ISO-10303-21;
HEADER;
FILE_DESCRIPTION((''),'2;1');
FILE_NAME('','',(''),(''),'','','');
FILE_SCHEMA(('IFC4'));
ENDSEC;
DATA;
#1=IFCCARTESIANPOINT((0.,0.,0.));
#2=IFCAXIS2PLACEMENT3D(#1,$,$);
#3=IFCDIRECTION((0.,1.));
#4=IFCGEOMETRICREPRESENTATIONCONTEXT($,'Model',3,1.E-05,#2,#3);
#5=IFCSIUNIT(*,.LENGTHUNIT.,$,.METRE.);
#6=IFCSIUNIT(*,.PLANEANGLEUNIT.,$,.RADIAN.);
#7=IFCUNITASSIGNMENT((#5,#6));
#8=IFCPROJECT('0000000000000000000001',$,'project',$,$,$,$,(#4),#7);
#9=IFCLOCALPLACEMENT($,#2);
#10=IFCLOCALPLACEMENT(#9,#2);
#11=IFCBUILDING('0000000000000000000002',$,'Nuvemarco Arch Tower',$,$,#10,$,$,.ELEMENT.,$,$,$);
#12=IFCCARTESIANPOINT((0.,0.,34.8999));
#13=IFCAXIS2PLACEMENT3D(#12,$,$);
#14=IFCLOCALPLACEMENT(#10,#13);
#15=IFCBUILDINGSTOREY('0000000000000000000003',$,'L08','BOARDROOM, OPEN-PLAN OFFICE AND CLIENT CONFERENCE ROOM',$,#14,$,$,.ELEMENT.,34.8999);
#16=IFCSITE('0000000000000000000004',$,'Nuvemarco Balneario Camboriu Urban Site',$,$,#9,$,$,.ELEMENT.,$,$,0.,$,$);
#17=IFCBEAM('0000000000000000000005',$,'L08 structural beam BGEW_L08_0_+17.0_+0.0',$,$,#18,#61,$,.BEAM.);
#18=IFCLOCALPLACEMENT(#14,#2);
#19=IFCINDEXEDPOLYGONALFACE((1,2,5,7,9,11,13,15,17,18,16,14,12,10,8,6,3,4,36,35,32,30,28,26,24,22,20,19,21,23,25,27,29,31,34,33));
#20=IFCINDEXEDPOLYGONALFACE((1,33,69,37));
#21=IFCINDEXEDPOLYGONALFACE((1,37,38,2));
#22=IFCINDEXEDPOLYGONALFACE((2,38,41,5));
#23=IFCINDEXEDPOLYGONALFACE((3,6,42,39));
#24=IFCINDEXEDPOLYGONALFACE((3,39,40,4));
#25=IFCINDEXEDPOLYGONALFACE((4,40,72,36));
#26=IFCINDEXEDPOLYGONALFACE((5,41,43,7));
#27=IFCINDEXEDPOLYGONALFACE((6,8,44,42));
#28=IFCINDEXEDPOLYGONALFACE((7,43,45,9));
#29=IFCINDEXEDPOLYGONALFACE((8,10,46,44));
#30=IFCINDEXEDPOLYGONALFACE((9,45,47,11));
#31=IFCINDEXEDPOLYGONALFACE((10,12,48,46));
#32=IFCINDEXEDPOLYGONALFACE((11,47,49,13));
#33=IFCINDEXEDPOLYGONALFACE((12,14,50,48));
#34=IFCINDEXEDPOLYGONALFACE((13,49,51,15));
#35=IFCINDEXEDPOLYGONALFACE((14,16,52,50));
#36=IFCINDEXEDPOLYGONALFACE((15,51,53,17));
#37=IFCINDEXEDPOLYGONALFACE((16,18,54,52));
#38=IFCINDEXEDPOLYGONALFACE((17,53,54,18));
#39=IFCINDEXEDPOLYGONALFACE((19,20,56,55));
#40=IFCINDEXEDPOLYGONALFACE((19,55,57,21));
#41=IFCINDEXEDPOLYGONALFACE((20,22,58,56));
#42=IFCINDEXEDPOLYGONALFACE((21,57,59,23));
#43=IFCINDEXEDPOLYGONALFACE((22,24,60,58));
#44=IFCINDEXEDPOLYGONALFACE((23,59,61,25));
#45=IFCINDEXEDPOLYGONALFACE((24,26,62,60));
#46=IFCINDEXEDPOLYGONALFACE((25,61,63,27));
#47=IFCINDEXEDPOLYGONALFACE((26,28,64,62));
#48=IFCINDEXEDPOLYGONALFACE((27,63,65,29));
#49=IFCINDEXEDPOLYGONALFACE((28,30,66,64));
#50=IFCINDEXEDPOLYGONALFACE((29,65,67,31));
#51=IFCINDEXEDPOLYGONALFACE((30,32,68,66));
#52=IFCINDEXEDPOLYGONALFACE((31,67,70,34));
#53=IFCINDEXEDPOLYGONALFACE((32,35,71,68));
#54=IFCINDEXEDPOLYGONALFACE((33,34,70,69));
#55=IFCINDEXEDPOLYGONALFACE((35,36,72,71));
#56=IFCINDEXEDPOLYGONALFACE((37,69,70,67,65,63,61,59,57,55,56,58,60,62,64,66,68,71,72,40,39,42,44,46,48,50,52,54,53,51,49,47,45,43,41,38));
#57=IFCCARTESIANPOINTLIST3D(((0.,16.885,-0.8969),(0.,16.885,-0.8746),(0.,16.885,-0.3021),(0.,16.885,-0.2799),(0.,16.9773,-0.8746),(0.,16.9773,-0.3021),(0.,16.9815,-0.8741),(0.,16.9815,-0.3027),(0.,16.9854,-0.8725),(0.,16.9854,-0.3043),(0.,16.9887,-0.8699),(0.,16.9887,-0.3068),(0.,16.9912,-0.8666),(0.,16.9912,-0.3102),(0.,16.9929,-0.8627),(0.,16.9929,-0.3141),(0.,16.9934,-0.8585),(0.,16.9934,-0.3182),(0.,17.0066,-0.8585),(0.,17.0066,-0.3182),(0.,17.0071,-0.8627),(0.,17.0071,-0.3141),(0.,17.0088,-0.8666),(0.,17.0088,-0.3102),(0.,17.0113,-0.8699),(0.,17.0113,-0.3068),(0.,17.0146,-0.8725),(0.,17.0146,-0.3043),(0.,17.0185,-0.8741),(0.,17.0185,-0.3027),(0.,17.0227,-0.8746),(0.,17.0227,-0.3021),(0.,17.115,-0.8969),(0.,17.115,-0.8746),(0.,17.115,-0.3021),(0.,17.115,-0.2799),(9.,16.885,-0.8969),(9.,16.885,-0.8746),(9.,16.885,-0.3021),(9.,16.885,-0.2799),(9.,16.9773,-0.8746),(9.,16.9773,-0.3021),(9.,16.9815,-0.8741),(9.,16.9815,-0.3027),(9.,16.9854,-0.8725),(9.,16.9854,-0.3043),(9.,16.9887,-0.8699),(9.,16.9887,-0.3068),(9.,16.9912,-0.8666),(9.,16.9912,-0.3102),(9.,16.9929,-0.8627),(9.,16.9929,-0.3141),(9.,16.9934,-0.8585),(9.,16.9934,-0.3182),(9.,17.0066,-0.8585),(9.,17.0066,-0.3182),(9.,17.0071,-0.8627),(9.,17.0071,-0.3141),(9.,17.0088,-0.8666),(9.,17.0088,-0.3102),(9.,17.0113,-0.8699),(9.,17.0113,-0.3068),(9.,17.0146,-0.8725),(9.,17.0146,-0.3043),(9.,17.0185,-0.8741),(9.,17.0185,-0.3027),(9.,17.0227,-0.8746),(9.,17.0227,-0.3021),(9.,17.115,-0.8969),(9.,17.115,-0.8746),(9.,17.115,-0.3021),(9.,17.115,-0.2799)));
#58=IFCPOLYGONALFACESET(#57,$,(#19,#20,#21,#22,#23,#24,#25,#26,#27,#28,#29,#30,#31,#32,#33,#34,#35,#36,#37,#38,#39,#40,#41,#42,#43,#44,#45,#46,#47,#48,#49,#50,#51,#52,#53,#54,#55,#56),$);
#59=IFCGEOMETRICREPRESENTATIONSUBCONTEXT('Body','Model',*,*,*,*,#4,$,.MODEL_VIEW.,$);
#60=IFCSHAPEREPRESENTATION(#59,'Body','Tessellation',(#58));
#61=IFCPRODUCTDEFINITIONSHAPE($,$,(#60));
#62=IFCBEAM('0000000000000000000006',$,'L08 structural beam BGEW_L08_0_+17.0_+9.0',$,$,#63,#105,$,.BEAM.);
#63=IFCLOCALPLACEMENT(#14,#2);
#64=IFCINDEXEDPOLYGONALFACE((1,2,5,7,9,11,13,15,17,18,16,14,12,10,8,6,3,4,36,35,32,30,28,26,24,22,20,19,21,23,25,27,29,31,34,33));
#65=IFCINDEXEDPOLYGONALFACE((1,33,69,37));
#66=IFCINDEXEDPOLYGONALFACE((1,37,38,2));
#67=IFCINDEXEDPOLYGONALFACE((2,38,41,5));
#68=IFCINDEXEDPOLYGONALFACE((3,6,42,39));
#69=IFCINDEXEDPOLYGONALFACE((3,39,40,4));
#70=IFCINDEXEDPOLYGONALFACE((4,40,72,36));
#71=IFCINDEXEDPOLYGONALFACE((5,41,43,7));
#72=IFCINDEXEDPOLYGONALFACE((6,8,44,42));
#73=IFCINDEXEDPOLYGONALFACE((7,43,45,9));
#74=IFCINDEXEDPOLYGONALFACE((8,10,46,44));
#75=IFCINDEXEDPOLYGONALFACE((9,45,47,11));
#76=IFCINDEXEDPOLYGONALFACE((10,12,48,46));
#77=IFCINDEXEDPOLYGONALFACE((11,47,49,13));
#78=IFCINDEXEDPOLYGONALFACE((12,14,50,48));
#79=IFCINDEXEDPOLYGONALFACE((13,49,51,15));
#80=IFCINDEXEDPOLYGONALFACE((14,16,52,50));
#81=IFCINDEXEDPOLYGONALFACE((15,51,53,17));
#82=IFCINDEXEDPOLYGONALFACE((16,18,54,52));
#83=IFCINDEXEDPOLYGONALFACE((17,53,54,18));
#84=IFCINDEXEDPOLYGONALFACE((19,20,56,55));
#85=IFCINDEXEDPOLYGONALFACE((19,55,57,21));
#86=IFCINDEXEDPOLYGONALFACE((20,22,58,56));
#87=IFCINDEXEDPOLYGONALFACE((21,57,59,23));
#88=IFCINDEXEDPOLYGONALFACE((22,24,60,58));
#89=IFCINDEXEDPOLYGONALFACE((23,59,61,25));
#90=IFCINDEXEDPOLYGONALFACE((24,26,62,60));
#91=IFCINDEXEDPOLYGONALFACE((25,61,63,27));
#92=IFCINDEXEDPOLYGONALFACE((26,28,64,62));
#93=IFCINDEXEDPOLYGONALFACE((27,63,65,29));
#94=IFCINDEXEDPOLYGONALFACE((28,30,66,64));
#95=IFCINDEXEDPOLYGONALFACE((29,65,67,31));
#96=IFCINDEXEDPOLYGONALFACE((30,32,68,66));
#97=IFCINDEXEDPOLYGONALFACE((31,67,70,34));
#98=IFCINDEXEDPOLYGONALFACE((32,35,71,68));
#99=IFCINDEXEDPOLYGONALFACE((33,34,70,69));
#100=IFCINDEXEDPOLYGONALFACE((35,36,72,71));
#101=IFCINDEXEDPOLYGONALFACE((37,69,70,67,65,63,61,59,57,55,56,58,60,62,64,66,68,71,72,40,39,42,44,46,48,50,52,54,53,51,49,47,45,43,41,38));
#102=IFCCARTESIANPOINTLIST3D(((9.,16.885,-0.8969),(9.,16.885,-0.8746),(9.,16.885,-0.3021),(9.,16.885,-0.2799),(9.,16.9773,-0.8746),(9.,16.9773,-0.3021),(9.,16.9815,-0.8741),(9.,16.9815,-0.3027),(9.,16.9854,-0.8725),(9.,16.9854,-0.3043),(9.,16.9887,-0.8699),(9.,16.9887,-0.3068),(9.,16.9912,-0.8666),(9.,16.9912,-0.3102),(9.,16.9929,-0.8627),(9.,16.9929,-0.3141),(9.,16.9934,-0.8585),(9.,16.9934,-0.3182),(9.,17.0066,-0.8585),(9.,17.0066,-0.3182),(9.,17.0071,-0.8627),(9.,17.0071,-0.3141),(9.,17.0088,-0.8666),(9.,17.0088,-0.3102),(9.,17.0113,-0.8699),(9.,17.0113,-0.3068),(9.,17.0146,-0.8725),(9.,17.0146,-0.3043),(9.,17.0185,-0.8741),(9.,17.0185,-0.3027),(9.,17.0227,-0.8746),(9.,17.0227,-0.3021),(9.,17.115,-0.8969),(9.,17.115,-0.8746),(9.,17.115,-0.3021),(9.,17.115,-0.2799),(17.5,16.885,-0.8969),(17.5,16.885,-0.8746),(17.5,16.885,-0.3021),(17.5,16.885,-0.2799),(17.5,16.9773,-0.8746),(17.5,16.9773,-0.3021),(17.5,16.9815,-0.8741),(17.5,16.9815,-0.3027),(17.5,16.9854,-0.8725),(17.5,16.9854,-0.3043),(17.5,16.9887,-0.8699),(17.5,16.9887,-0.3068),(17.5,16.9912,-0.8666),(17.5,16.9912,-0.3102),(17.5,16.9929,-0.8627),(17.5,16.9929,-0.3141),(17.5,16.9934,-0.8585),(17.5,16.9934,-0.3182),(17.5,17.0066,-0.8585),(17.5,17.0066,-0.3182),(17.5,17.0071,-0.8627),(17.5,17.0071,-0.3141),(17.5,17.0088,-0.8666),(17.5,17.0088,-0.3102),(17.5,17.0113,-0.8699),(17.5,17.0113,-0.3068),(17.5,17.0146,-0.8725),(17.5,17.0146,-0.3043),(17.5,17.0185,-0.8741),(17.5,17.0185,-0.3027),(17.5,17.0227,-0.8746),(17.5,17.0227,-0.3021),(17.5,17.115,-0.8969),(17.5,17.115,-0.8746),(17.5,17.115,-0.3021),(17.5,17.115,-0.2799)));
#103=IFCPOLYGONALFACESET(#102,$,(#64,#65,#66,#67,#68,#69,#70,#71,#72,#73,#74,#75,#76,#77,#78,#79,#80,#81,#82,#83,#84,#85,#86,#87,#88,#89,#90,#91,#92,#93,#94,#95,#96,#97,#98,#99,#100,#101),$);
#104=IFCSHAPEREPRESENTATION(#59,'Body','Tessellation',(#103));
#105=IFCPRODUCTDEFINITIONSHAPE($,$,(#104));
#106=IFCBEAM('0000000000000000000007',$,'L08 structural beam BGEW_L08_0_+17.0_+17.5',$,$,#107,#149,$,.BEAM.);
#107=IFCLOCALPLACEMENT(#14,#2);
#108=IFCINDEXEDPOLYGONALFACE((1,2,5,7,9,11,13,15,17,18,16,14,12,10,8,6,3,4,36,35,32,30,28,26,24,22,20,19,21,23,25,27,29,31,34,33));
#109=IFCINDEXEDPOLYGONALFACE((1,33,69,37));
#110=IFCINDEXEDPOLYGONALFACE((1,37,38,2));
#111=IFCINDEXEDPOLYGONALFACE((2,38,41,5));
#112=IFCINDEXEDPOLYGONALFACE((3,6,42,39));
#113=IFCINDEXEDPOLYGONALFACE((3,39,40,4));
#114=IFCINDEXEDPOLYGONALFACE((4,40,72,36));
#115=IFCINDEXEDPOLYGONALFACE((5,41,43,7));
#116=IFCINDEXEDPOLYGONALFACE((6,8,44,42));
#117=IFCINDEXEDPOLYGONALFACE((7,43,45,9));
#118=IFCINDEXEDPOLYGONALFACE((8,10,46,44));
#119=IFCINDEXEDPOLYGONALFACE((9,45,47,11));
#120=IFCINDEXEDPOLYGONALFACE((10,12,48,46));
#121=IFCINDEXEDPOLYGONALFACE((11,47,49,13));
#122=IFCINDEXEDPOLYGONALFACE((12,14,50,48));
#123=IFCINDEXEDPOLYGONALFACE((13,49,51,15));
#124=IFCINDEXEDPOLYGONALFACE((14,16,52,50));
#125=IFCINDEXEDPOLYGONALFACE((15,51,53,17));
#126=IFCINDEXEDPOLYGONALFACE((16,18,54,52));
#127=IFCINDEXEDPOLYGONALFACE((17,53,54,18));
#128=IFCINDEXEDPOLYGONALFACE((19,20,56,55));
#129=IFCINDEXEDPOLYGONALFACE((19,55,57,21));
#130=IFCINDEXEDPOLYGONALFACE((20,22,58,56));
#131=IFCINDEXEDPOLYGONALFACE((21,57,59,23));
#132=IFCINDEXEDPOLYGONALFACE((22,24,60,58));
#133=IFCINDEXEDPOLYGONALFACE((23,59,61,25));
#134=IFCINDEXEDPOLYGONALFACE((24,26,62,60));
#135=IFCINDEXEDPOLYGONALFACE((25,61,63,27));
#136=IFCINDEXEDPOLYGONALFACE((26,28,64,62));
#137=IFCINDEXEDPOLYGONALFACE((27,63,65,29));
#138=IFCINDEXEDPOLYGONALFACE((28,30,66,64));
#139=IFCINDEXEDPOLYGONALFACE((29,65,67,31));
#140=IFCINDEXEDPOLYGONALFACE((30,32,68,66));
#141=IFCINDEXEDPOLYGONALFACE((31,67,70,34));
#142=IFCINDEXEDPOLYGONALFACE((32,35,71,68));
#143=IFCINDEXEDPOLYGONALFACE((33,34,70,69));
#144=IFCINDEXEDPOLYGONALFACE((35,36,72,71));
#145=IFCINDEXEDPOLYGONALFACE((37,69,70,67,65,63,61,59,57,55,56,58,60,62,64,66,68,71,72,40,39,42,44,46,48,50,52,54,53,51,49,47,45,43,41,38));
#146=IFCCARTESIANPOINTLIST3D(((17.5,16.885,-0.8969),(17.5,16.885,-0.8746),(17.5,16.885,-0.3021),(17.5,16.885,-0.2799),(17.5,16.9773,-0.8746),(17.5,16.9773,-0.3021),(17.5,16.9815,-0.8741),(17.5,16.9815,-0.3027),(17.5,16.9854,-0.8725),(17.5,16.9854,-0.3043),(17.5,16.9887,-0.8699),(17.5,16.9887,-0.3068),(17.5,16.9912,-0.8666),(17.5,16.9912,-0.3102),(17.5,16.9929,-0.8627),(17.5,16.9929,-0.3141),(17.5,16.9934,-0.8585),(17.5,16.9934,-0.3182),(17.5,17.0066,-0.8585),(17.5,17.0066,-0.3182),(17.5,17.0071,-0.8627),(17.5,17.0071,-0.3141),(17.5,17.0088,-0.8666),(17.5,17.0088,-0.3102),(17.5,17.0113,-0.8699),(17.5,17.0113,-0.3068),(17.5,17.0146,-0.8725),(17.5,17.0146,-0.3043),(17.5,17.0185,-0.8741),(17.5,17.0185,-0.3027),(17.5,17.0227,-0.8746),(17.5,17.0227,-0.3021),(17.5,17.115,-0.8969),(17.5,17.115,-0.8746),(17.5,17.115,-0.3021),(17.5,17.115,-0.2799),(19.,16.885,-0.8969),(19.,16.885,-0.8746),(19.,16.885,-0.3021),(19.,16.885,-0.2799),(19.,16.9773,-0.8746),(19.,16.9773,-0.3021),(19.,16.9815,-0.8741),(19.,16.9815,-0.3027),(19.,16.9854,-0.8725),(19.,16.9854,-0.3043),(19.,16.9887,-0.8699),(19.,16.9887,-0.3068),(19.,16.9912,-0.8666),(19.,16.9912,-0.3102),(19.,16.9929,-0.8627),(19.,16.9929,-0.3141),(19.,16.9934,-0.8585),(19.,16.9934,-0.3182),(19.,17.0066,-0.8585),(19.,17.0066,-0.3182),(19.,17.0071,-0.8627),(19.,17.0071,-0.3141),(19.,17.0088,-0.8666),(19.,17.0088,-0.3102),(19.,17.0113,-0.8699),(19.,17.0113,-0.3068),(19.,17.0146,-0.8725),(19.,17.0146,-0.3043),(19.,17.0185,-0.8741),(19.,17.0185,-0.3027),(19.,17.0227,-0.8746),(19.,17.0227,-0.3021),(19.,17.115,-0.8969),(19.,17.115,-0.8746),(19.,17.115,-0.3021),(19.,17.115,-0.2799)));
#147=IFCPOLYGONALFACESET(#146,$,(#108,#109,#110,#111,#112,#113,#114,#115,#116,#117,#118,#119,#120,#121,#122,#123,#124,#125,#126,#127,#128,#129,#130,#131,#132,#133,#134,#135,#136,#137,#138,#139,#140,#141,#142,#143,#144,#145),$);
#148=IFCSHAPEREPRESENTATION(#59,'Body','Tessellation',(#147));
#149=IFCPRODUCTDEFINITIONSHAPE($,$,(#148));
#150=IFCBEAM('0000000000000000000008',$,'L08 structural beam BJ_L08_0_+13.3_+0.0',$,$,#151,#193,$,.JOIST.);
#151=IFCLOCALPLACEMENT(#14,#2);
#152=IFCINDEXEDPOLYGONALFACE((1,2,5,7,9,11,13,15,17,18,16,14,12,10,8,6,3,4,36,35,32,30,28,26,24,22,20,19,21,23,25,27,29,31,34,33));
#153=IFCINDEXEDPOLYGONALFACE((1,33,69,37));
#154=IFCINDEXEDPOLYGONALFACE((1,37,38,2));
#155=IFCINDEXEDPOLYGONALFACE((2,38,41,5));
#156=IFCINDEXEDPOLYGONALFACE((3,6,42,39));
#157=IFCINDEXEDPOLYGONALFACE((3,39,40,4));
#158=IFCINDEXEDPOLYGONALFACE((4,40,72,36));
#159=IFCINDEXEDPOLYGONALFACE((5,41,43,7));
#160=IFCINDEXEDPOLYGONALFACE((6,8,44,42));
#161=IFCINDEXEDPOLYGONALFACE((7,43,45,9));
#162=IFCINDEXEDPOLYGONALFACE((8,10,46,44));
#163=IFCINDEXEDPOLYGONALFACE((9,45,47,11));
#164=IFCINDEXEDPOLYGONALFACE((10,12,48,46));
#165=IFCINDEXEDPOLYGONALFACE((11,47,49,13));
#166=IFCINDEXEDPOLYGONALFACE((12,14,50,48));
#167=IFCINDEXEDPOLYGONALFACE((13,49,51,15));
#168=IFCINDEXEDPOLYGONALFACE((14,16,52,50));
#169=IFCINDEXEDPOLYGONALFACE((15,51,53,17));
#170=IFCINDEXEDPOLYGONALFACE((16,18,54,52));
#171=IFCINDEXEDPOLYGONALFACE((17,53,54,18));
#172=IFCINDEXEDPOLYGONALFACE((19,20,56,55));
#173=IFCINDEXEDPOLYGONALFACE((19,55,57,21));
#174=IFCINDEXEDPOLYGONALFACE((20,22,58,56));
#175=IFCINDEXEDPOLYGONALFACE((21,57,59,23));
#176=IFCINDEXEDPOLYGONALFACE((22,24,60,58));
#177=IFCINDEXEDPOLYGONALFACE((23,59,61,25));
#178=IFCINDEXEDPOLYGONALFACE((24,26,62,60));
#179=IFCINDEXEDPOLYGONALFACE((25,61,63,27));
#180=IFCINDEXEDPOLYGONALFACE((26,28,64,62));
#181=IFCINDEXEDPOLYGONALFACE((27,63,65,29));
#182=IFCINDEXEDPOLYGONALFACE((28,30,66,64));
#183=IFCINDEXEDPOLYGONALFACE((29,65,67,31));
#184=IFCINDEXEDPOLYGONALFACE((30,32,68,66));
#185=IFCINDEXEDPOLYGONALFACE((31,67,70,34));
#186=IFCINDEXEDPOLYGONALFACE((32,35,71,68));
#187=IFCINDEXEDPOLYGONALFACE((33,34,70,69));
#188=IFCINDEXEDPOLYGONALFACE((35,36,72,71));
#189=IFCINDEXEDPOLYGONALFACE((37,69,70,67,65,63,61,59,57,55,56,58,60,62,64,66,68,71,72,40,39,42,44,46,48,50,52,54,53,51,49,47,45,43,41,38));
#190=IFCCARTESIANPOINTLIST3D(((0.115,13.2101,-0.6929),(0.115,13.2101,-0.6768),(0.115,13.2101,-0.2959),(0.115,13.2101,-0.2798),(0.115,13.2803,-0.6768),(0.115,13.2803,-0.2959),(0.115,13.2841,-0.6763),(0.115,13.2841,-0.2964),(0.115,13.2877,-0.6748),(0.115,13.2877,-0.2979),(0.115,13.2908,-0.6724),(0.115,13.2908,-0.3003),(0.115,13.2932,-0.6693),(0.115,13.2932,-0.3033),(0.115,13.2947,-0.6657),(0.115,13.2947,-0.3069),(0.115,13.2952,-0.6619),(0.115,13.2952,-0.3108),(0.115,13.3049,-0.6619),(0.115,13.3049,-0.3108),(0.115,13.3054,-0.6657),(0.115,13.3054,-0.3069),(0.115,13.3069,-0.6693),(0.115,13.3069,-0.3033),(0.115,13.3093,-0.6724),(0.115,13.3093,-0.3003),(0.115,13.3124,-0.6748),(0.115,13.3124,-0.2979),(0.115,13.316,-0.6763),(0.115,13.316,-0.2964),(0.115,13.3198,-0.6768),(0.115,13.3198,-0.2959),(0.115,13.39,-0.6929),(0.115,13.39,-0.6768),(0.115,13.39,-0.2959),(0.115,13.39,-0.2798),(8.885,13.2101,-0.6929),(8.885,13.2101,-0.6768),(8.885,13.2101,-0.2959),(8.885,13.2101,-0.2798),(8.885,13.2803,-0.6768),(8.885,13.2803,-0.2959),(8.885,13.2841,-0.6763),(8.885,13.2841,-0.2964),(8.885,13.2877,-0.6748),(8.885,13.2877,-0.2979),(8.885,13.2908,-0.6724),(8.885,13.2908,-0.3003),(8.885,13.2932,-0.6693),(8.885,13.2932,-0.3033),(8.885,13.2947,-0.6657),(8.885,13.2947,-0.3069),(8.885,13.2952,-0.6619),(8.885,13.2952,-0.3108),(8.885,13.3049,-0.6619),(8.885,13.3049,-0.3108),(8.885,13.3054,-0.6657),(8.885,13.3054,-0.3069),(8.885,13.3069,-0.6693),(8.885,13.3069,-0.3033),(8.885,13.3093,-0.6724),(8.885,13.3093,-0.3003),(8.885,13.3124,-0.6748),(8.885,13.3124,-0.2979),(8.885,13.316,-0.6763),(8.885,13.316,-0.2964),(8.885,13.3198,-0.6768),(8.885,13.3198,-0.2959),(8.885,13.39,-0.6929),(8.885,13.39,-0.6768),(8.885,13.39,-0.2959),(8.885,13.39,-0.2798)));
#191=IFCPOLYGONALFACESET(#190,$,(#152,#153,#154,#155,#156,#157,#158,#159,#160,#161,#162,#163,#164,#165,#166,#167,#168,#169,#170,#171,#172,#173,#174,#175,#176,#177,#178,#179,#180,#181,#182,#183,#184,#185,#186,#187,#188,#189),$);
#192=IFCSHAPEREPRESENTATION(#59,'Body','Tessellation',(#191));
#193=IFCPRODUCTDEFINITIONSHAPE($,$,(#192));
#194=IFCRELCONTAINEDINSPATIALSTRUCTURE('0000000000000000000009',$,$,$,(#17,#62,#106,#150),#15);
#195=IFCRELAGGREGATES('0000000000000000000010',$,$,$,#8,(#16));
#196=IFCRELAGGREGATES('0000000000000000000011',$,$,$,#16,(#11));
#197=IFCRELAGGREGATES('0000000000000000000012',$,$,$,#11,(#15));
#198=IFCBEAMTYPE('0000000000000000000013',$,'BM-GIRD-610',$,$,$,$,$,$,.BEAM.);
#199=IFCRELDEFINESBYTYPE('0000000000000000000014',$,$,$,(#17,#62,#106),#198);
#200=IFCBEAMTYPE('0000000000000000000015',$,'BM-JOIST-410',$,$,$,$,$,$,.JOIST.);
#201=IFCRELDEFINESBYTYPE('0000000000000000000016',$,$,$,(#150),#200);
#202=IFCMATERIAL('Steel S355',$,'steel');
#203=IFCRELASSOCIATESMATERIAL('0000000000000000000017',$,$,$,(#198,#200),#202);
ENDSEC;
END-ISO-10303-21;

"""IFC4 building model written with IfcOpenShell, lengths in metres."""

from ifc_helpers import new_model, si_unit, direction, frame, origin, origin_2d, place, context, subcontext, project, spatial, i_section, extrude, material, material_profile, profile_set, type_object, element, save


model = new_model("IFC4")

# Units and contexts
model_context = context("Model", 3, precision=1e-05, world=origin(), true_north=direction((0.0, 1.0)))
body_context = subcontext(model_context, "Body", "Model", "MODEL_VIEW")
ifc_project = project(units=[si_unit("LENGTHUNIT", "METRE"), si_unit("PLANEANGLEUNIT", "RADIAN")], contexts=[model_context])

# Site, building, storey
site_placement = place(None, origin())
site = spatial("IfcSite", under=ifc_project, at=site_placement, Name="Nuvemarco Balneario Camboriu Urban Site", CompositionType="ELEMENT", RefElevation=0.0)
building_placement = place(site_placement, origin())
building = spatial("IfcBuilding", under=site, at=building_placement, Name="Nuvemarco Arch Tower", CompositionType="ELEMENT")
storey_placement = place(building_placement, frame((0.0, 0.0, 34.8999)))
storey = spatial("IfcBuildingStorey", under=building, at=storey_placement, Name="L08", Description="BOARDROOM, OPEN-PLAN OFFICE AND CLIENT CONFERENCE ROOM", CompositionType="ELEMENT", Elevation=34.8999)

# Shared definitions
ifc_material_1 = material(Name="Steel S355", Category="steel")

# Beams
ifc_material_profile_1 = material_profile(ifc_material_1, i_section(OverallWidth=0.23, OverallDepth=0.6169, WebThickness=0.0132, FlangeThickness=0.0222, FilletRadius=0.0161, at=origin_2d()), Name="W610x140")
ifc_profile_set_1 = profile_set([ifc_material_profile_1], Name="Steel S355")
beam_type_1 = type_object("IfcBeamType", Name="BM-GIRD-610", PredefinedType="BEAM", material=ifc_profile_set_1)
beam_1_placement = place(storey_placement, frame((0.0, 17.0, -0.5884), z_axis=(1.0, 0.0, 0.0), x_axis=(0.0, 1.0, 0.0)))
element("IfcBeam", 1, at=beam_1_placement, inside=storey, type_object=beam_type_1, Name="L08 structural beam BGEW_L08_0_+17.0_+0.0", PredefinedType="BEAM", context=body_context, shape_type="SweptSolid", body=[
    extrude(i_section(OverallWidth=0.23, OverallDepth=0.6169, WebThickness=0.0132, FlangeThickness=0.0222, FilletRadius=0.0161, at=origin_2d()), origin(), (0.0, 0.0, 1.0), 9.0),
])
beam_2_placement = place(storey_placement, frame((9.0, 17.0, -0.5884), z_axis=(1.0, 0.0, 0.0), x_axis=(0.0, 1.0, 0.0)))
element("IfcBeam", 2, at=beam_2_placement, inside=storey, type_object=beam_type_1, Name="L08 structural beam BGEW_L08_0_+17.0_+9.0", PredefinedType="BEAM", context=body_context, shape_type="SweptSolid", body=[
    extrude(i_section(OverallWidth=0.23, OverallDepth=0.6169, WebThickness=0.0132, FlangeThickness=0.0222, FilletRadius=0.0161, at=origin_2d()), origin(), (0.0, 0.0, 1.0), 8.5),
])
beam_3_placement = place(storey_placement, frame((17.5, 17.0, -0.5884), z_axis=(1.0, 0.0, 0.0), x_axis=(0.0, 1.0, 0.0)))
element("IfcBeam", 3, at=beam_3_placement, inside=storey, type_object=beam_type_1, Name="L08 structural beam BGEW_L08_0_+17.0_+17.5", PredefinedType="BEAM", context=body_context, shape_type="SweptSolid", body=[
    extrude(i_section(OverallWidth=0.23, OverallDepth=0.6169, WebThickness=0.0132, FlangeThickness=0.0222, FilletRadius=0.0161, at=origin_2d()), origin(), (0.0, 0.0, 1.0), 1.5),
])
ifc_material_profile_2 = material_profile(ifc_material_1, i_section(OverallWidth=0.1799, OverallDepth=0.4131, WebThickness=0.0098, FlangeThickness=0.0161, FilletRadius=0.0149, at=origin_2d()), Name="W410x75")
ifc_profile_set_2 = profile_set([ifc_material_profile_2], Name="Steel S355")
beam_type_2 = type_object("IfcBeamType", Name="BM-JOIST-410", PredefinedType="JOIST", material=ifc_profile_set_2)
beam_4_placement = place(storey_placement, frame((0.115, 13.3, -0.4863), z_axis=(1.0, 0.0, 0.0), x_axis=(0.0, 1.0, 0.0)))
element("IfcBeam", 4, at=beam_4_placement, inside=storey, type_object=beam_type_2, Name="L08 structural beam BJ_L08_0_+13.3_+0.0", PredefinedType="JOIST", context=body_context, shape_type="SweptSolid", body=[
    extrude(i_section(OverallWidth=0.1799, OverallDepth=0.4131, WebThickness=0.0098, FlangeThickness=0.0161, FilletRadius=0.0149, at=origin_2d()), origin(), (0.0, 0.0, 1.0), 8.77),
])

save(model, "model.ifc")
